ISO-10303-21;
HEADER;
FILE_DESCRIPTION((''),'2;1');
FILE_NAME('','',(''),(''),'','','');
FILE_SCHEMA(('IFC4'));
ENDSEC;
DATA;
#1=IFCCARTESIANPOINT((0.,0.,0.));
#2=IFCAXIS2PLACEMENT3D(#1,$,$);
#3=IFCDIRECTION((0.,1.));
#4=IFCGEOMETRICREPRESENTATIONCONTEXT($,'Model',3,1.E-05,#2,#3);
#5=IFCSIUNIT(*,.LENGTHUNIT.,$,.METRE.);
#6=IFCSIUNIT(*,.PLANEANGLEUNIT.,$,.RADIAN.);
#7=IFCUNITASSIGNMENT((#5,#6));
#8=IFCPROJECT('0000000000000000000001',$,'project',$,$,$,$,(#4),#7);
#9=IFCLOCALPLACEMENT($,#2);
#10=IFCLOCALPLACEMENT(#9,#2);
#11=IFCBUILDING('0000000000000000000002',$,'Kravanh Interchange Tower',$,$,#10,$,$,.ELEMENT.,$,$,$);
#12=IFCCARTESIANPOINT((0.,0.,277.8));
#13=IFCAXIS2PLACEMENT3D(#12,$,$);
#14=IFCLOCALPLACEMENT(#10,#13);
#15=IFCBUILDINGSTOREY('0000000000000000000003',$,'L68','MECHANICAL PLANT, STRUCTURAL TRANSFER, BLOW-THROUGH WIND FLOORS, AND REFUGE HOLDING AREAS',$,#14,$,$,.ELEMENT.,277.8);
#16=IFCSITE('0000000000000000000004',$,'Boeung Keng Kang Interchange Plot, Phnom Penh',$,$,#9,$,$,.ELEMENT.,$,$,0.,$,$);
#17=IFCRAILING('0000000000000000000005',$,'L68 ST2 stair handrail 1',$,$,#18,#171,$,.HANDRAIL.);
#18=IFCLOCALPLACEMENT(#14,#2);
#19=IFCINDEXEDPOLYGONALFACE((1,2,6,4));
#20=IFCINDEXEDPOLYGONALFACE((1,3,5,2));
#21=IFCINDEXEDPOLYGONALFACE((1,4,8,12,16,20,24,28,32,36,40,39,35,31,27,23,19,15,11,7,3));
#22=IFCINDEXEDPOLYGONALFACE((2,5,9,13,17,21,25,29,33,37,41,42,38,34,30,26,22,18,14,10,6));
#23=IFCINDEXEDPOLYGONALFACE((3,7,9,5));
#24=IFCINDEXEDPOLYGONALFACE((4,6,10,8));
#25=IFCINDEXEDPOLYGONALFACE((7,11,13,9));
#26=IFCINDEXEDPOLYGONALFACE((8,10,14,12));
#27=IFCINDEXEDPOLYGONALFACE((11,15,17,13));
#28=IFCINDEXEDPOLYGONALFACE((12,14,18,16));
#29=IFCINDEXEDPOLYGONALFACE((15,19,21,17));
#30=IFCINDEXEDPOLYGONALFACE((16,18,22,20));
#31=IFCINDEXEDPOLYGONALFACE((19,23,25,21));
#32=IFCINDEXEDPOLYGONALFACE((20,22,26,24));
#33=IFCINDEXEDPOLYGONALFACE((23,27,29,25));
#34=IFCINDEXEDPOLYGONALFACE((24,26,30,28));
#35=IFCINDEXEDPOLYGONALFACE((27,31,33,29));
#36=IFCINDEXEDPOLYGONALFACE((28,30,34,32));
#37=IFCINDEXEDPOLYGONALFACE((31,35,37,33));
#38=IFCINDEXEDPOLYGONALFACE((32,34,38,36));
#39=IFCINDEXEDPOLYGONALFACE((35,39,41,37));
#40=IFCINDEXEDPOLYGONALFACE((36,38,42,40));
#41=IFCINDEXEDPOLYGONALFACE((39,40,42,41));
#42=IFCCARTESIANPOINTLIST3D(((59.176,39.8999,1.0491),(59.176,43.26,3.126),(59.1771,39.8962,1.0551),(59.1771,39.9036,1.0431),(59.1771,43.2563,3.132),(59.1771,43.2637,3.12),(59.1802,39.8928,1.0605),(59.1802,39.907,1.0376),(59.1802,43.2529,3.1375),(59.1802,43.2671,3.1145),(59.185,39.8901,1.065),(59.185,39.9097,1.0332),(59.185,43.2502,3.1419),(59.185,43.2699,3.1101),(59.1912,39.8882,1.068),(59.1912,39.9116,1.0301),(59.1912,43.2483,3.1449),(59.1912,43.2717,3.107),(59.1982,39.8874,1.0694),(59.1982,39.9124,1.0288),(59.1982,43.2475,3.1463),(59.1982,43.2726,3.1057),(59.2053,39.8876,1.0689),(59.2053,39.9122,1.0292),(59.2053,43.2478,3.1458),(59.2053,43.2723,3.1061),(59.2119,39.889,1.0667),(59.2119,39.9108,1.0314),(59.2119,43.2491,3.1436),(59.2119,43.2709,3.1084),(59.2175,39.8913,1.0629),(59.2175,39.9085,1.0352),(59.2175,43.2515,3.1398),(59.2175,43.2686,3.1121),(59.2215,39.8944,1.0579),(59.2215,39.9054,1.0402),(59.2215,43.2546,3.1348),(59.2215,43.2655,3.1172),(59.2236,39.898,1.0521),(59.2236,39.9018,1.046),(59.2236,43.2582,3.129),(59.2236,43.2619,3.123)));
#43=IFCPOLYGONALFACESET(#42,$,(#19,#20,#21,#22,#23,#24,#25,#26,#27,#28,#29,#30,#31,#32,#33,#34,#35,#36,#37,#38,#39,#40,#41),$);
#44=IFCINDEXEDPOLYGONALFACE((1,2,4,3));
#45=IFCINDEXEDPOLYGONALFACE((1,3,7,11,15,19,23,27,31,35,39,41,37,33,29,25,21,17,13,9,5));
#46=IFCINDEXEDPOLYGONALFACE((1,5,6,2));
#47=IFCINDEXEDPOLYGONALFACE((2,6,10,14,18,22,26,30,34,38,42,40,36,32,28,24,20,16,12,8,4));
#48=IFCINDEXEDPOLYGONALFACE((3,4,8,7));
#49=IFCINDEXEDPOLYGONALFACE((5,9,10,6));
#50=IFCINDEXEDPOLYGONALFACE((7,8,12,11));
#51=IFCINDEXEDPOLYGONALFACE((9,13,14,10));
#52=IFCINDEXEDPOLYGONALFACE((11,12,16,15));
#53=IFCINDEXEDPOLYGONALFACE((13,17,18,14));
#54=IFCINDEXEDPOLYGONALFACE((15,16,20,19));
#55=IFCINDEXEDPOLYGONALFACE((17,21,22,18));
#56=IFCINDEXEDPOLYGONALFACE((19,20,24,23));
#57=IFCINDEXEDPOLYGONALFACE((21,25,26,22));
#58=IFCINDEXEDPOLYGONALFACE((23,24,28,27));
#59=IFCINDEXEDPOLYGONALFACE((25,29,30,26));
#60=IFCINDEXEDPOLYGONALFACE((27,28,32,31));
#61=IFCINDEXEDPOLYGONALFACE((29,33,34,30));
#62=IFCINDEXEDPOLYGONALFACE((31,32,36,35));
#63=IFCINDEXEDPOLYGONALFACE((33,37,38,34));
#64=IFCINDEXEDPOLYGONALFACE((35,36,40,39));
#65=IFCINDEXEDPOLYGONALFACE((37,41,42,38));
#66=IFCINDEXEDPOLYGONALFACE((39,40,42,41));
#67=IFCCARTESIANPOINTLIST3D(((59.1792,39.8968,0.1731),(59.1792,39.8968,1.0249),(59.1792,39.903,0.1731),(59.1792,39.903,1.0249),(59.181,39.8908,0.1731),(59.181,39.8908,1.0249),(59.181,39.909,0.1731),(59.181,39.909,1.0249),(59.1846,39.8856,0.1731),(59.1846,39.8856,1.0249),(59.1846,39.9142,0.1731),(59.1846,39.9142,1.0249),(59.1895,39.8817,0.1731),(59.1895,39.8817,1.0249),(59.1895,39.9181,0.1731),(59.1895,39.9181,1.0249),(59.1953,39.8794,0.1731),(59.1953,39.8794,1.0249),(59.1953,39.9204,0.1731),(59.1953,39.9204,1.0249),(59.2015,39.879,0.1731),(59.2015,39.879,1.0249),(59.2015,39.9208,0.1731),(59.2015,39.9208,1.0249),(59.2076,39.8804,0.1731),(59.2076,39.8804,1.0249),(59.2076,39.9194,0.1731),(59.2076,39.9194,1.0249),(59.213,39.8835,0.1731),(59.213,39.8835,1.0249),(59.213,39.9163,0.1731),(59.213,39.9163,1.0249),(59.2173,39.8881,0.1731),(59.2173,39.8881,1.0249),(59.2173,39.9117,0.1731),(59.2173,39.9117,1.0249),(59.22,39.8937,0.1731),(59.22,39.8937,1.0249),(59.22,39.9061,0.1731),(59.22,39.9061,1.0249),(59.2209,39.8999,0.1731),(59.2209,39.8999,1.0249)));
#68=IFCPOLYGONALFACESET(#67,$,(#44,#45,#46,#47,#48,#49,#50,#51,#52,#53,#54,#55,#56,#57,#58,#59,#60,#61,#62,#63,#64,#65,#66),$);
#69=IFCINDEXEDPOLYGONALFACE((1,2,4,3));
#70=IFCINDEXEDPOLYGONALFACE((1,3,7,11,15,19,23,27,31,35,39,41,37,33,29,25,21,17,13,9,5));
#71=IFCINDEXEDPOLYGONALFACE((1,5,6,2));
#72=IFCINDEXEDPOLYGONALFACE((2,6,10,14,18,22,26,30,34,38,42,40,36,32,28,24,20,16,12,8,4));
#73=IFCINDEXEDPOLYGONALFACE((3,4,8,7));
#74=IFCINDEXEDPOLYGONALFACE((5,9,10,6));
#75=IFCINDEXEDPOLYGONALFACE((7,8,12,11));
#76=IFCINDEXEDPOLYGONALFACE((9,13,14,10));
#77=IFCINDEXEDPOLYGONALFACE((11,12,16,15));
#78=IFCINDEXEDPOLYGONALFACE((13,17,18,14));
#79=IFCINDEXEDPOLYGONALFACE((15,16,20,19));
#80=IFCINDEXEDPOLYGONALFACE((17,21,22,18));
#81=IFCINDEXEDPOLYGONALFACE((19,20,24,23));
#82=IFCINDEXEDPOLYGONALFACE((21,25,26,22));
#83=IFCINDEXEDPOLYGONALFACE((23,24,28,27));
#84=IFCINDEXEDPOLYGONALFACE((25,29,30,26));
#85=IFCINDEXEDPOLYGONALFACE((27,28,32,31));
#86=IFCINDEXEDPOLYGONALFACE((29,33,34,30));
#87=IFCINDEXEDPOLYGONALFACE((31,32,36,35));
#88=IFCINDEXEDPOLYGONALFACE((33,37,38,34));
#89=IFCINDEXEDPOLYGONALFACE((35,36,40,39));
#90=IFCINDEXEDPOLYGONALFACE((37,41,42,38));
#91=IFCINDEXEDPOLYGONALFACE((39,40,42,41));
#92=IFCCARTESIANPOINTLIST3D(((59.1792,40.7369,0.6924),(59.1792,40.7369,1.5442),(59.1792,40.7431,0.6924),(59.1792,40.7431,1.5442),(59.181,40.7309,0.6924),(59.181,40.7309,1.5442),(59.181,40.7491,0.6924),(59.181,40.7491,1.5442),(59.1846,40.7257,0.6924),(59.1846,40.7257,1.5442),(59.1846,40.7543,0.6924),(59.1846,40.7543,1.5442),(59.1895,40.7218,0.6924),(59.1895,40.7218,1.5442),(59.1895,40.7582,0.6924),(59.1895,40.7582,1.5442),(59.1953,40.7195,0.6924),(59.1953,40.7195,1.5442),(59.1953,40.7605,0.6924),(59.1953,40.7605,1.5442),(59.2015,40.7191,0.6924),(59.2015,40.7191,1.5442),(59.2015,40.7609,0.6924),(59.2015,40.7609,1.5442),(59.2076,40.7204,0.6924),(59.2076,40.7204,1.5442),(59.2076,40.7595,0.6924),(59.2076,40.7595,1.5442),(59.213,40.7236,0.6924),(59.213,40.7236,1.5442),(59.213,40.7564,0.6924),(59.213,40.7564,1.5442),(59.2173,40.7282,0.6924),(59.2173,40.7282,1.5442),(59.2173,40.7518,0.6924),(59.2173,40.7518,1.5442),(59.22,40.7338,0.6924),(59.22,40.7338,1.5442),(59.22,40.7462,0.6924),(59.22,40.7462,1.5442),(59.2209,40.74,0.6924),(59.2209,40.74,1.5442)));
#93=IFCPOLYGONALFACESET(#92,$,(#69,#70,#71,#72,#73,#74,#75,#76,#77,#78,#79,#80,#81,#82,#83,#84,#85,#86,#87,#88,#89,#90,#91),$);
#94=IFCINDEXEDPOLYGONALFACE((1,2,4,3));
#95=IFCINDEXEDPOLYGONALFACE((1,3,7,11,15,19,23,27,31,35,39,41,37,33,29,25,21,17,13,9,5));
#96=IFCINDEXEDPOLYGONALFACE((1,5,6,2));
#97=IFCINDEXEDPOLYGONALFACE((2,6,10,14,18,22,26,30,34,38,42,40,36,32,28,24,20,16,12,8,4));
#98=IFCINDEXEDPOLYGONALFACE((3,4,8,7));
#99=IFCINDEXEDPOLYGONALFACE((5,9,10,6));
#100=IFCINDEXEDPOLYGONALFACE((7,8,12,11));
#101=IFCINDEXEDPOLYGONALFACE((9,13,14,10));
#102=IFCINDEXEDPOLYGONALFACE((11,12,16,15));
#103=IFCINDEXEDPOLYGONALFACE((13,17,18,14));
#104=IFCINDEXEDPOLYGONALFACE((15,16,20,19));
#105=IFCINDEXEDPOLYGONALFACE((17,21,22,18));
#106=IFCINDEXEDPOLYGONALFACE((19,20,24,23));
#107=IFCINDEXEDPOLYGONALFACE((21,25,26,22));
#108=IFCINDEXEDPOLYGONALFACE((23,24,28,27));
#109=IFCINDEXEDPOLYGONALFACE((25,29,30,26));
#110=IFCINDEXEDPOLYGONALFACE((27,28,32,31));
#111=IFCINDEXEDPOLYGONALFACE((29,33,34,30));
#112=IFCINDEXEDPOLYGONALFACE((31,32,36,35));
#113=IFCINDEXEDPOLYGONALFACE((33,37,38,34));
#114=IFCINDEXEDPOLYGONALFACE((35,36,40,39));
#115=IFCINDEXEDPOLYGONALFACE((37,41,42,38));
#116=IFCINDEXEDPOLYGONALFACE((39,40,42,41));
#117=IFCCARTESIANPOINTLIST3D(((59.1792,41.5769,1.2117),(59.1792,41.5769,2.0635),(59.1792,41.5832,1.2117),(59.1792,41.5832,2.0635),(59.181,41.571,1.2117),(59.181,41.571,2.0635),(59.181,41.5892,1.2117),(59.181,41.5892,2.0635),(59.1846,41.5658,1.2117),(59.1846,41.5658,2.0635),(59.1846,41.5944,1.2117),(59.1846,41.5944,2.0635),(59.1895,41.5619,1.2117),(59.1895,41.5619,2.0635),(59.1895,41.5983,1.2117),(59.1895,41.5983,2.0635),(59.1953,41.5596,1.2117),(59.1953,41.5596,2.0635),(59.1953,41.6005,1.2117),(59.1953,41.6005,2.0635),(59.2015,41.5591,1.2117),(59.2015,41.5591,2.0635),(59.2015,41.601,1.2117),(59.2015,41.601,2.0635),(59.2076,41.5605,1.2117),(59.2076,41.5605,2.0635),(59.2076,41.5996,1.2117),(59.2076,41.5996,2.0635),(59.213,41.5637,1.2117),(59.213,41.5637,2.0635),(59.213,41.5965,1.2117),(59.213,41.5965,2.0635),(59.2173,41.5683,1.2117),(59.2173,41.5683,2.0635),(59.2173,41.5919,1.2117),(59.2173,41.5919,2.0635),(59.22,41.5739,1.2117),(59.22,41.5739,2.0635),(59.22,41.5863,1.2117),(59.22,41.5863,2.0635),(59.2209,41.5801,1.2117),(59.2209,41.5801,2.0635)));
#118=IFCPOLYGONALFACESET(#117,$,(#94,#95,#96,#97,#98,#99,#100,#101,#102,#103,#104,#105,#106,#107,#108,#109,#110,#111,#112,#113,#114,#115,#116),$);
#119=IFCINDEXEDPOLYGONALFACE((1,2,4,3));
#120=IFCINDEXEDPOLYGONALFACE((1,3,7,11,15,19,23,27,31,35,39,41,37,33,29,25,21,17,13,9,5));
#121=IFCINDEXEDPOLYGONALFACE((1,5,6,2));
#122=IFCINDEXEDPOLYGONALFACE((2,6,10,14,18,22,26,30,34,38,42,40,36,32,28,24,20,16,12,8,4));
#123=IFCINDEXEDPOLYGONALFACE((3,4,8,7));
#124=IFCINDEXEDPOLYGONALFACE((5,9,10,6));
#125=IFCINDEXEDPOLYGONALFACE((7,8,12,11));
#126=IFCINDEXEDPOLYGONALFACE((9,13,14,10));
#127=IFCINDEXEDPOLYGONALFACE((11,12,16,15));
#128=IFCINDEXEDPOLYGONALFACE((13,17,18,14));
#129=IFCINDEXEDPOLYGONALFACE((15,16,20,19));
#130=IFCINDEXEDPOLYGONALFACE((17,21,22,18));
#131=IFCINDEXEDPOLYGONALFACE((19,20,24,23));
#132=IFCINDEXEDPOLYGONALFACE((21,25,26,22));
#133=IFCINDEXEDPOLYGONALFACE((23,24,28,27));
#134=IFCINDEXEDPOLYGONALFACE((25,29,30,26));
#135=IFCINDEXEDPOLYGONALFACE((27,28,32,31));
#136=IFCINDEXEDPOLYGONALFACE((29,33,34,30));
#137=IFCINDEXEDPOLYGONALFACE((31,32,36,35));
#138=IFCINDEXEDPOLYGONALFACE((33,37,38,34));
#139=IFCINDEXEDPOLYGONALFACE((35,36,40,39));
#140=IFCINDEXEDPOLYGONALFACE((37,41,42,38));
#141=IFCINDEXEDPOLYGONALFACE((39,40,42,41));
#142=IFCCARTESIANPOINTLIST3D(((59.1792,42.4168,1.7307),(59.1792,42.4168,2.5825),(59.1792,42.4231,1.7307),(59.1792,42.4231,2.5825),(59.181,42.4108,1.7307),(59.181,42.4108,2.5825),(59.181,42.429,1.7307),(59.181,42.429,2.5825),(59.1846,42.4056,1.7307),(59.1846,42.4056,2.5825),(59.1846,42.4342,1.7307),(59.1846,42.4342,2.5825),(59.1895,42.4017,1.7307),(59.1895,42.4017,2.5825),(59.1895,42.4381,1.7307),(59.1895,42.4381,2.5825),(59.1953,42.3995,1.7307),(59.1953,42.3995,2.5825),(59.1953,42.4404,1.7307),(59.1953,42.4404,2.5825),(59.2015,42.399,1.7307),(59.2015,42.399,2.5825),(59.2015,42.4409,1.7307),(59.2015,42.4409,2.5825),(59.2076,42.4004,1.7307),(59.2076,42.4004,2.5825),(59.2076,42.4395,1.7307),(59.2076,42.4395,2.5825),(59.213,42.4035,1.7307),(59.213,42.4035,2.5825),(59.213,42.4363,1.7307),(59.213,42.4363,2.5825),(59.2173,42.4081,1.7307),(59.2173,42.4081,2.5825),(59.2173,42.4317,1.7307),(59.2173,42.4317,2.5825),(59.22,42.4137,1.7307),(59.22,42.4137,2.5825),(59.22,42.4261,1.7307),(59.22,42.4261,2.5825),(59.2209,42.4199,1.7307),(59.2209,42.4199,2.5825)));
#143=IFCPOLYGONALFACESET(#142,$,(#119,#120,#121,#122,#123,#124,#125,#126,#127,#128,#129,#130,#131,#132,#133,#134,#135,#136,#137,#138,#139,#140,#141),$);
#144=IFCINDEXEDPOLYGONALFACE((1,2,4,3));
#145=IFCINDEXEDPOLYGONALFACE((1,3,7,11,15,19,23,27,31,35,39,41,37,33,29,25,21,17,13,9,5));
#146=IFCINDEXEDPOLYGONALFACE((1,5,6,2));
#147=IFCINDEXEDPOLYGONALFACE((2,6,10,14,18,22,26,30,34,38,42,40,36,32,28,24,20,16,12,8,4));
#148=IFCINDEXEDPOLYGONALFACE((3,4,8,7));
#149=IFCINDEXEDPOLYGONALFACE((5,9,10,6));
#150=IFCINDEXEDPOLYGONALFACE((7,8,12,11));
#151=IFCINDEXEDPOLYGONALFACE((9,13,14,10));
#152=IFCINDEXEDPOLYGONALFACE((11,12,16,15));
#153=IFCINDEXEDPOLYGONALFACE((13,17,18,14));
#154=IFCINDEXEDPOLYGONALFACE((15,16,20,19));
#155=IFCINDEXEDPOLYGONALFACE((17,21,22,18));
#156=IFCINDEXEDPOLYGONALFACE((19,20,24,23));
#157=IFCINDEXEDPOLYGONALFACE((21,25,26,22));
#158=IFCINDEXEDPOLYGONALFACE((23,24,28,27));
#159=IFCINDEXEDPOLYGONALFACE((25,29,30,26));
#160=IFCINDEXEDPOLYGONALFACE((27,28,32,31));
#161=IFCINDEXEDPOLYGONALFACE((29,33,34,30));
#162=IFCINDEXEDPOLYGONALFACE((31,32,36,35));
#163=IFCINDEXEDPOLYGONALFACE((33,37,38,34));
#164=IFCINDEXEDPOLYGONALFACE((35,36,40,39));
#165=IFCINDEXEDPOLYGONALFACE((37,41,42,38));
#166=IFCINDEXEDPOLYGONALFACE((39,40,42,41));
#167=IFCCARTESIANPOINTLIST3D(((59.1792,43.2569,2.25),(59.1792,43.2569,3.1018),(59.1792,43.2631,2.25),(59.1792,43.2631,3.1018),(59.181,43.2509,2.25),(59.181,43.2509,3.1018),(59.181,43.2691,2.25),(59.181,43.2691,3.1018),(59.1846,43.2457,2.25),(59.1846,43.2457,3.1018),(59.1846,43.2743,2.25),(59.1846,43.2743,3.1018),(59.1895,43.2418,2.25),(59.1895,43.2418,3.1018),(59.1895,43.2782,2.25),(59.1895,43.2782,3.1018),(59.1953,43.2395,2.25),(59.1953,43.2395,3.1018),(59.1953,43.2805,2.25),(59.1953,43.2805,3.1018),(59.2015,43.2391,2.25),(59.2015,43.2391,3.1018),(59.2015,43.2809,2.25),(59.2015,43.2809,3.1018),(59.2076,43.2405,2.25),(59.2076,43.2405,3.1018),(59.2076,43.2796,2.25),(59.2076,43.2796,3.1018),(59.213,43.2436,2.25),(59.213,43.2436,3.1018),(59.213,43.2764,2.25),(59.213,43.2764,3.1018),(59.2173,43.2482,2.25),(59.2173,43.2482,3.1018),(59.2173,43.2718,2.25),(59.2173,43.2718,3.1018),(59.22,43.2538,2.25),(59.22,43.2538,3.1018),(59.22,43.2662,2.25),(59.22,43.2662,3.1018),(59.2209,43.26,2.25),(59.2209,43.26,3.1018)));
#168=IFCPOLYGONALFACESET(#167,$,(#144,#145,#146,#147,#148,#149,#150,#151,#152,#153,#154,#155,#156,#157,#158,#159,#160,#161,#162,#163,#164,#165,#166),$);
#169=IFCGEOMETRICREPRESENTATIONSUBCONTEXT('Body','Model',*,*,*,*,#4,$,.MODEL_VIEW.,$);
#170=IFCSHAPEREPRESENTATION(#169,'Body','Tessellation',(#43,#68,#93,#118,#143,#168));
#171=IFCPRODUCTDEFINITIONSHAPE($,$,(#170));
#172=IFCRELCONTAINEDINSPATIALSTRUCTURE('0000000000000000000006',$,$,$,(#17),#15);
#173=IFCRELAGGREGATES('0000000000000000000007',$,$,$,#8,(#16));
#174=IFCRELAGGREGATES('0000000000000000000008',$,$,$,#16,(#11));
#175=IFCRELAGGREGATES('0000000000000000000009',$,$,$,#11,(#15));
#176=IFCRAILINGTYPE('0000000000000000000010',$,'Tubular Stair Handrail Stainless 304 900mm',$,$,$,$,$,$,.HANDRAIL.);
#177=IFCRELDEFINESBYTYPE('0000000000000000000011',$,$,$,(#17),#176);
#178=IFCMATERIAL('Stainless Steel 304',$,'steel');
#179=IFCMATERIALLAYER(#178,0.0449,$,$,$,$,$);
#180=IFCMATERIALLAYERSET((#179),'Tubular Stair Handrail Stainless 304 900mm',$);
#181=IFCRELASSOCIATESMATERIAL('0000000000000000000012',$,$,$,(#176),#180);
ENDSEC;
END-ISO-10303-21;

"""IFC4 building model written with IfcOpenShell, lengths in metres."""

from ifc_helpers import new_model, si_unit, direction, frame, origin, origin_2d, place, context, subcontext, project, spatial, circle, extrude, material, layer, layer_set, type_object, element, save


model = new_model("IFC4")

# Units and contexts
model_context = context("Model", 3, precision=1e-05, world=origin(), true_north=direction((0.0, 1.0)))
body_context = subcontext(model_context, "Body", "Model", "MODEL_VIEW")
ifc_project = project(units=[si_unit("LENGTHUNIT", "METRE"), si_unit("PLANEANGLEUNIT", "RADIAN")], contexts=[model_context])

# Site, building, storey
site_placement = place(None, origin())
site = spatial("IfcSite", under=ifc_project, at=site_placement, Name="Boeung Keng Kang Interchange Plot, Phnom Penh", CompositionType="ELEMENT", RefElevation=0.0)
building_placement = place(site_placement, origin())
building = spatial("IfcBuilding", under=site, at=building_placement, Name="Kravanh Interchange Tower", CompositionType="ELEMENT")
storey_placement = place(building_placement, frame((0.0, 0.0, 277.8)))
storey = spatial("IfcBuildingStorey", under=building, at=storey_placement, Name="L68", Description="MECHANICAL PLANT, STRUCTURAL TRANSFER, BLOW-THROUGH WIND FLOORS, AND REFUGE HOLDING AREAS", CompositionType="ELEMENT", Elevation=277.8)

# Railing
ifc_material_1 = material(Name="Stainless Steel 304", Category="steel")
ifc_layer_1 = layer(ifc_material_1, 0.0449)
ifc_layer_set_1 = layer_set([ifc_layer_1], Name="Tubular Stair Handrail Stainless 304 900mm")
railing_type_1 = type_object("IfcRailingType", Name="Tubular Stair Handrail Stainless 304 900mm", PredefinedType="HANDRAIL", material=ifc_layer_set_1)
railing_1_placement = place(storey_placement, frame((59.2, 39.8999, 0.1731)))
element("IfcRailing", 1, at=railing_1_placement, inside=storey, type_object=railing_type_1, Name="L68 ST2 stair handrail 1", PredefinedType="HANDRAIL", context=body_context, shape_type="SweptSolid", body=[
    extrude(circle(Radius=0.0239, at=origin_2d()), frame((0.0, 0.0, 0.876), z_axis=(0.0, 0.850623, 0.525776), x_axis=(-1.0, 0.0, 0.0)), (0.0, 0.0, 1.0), 3.9502),
    extrude(circle(Radius=0.021, at=origin_2d()), origin(), (0.0, 0.0, 1.0), 0.8518),
    extrude(circle(Radius=0.021, at=origin_2d()), frame((0.0, 0.8401, 0.5193)), (0.0, 0.0, 1.0), 0.8518),
    extrude(circle(Radius=0.021, at=origin_2d()), frame((0.0, 1.6802, 1.0386)), (0.0, 0.0, 1.0), 0.8518),
    extrude(circle(Radius=0.021, at=origin_2d()), frame((0.0, 2.52, 1.5576)), (0.0, 0.0, 1.0), 0.8518),
    extrude(circle(Radius=0.021, at=origin_2d()), frame((0.0, 3.3601, 2.0769)), (0.0, 0.0, 1.0), 0.8518),
])

save(model, "model.ifc")
